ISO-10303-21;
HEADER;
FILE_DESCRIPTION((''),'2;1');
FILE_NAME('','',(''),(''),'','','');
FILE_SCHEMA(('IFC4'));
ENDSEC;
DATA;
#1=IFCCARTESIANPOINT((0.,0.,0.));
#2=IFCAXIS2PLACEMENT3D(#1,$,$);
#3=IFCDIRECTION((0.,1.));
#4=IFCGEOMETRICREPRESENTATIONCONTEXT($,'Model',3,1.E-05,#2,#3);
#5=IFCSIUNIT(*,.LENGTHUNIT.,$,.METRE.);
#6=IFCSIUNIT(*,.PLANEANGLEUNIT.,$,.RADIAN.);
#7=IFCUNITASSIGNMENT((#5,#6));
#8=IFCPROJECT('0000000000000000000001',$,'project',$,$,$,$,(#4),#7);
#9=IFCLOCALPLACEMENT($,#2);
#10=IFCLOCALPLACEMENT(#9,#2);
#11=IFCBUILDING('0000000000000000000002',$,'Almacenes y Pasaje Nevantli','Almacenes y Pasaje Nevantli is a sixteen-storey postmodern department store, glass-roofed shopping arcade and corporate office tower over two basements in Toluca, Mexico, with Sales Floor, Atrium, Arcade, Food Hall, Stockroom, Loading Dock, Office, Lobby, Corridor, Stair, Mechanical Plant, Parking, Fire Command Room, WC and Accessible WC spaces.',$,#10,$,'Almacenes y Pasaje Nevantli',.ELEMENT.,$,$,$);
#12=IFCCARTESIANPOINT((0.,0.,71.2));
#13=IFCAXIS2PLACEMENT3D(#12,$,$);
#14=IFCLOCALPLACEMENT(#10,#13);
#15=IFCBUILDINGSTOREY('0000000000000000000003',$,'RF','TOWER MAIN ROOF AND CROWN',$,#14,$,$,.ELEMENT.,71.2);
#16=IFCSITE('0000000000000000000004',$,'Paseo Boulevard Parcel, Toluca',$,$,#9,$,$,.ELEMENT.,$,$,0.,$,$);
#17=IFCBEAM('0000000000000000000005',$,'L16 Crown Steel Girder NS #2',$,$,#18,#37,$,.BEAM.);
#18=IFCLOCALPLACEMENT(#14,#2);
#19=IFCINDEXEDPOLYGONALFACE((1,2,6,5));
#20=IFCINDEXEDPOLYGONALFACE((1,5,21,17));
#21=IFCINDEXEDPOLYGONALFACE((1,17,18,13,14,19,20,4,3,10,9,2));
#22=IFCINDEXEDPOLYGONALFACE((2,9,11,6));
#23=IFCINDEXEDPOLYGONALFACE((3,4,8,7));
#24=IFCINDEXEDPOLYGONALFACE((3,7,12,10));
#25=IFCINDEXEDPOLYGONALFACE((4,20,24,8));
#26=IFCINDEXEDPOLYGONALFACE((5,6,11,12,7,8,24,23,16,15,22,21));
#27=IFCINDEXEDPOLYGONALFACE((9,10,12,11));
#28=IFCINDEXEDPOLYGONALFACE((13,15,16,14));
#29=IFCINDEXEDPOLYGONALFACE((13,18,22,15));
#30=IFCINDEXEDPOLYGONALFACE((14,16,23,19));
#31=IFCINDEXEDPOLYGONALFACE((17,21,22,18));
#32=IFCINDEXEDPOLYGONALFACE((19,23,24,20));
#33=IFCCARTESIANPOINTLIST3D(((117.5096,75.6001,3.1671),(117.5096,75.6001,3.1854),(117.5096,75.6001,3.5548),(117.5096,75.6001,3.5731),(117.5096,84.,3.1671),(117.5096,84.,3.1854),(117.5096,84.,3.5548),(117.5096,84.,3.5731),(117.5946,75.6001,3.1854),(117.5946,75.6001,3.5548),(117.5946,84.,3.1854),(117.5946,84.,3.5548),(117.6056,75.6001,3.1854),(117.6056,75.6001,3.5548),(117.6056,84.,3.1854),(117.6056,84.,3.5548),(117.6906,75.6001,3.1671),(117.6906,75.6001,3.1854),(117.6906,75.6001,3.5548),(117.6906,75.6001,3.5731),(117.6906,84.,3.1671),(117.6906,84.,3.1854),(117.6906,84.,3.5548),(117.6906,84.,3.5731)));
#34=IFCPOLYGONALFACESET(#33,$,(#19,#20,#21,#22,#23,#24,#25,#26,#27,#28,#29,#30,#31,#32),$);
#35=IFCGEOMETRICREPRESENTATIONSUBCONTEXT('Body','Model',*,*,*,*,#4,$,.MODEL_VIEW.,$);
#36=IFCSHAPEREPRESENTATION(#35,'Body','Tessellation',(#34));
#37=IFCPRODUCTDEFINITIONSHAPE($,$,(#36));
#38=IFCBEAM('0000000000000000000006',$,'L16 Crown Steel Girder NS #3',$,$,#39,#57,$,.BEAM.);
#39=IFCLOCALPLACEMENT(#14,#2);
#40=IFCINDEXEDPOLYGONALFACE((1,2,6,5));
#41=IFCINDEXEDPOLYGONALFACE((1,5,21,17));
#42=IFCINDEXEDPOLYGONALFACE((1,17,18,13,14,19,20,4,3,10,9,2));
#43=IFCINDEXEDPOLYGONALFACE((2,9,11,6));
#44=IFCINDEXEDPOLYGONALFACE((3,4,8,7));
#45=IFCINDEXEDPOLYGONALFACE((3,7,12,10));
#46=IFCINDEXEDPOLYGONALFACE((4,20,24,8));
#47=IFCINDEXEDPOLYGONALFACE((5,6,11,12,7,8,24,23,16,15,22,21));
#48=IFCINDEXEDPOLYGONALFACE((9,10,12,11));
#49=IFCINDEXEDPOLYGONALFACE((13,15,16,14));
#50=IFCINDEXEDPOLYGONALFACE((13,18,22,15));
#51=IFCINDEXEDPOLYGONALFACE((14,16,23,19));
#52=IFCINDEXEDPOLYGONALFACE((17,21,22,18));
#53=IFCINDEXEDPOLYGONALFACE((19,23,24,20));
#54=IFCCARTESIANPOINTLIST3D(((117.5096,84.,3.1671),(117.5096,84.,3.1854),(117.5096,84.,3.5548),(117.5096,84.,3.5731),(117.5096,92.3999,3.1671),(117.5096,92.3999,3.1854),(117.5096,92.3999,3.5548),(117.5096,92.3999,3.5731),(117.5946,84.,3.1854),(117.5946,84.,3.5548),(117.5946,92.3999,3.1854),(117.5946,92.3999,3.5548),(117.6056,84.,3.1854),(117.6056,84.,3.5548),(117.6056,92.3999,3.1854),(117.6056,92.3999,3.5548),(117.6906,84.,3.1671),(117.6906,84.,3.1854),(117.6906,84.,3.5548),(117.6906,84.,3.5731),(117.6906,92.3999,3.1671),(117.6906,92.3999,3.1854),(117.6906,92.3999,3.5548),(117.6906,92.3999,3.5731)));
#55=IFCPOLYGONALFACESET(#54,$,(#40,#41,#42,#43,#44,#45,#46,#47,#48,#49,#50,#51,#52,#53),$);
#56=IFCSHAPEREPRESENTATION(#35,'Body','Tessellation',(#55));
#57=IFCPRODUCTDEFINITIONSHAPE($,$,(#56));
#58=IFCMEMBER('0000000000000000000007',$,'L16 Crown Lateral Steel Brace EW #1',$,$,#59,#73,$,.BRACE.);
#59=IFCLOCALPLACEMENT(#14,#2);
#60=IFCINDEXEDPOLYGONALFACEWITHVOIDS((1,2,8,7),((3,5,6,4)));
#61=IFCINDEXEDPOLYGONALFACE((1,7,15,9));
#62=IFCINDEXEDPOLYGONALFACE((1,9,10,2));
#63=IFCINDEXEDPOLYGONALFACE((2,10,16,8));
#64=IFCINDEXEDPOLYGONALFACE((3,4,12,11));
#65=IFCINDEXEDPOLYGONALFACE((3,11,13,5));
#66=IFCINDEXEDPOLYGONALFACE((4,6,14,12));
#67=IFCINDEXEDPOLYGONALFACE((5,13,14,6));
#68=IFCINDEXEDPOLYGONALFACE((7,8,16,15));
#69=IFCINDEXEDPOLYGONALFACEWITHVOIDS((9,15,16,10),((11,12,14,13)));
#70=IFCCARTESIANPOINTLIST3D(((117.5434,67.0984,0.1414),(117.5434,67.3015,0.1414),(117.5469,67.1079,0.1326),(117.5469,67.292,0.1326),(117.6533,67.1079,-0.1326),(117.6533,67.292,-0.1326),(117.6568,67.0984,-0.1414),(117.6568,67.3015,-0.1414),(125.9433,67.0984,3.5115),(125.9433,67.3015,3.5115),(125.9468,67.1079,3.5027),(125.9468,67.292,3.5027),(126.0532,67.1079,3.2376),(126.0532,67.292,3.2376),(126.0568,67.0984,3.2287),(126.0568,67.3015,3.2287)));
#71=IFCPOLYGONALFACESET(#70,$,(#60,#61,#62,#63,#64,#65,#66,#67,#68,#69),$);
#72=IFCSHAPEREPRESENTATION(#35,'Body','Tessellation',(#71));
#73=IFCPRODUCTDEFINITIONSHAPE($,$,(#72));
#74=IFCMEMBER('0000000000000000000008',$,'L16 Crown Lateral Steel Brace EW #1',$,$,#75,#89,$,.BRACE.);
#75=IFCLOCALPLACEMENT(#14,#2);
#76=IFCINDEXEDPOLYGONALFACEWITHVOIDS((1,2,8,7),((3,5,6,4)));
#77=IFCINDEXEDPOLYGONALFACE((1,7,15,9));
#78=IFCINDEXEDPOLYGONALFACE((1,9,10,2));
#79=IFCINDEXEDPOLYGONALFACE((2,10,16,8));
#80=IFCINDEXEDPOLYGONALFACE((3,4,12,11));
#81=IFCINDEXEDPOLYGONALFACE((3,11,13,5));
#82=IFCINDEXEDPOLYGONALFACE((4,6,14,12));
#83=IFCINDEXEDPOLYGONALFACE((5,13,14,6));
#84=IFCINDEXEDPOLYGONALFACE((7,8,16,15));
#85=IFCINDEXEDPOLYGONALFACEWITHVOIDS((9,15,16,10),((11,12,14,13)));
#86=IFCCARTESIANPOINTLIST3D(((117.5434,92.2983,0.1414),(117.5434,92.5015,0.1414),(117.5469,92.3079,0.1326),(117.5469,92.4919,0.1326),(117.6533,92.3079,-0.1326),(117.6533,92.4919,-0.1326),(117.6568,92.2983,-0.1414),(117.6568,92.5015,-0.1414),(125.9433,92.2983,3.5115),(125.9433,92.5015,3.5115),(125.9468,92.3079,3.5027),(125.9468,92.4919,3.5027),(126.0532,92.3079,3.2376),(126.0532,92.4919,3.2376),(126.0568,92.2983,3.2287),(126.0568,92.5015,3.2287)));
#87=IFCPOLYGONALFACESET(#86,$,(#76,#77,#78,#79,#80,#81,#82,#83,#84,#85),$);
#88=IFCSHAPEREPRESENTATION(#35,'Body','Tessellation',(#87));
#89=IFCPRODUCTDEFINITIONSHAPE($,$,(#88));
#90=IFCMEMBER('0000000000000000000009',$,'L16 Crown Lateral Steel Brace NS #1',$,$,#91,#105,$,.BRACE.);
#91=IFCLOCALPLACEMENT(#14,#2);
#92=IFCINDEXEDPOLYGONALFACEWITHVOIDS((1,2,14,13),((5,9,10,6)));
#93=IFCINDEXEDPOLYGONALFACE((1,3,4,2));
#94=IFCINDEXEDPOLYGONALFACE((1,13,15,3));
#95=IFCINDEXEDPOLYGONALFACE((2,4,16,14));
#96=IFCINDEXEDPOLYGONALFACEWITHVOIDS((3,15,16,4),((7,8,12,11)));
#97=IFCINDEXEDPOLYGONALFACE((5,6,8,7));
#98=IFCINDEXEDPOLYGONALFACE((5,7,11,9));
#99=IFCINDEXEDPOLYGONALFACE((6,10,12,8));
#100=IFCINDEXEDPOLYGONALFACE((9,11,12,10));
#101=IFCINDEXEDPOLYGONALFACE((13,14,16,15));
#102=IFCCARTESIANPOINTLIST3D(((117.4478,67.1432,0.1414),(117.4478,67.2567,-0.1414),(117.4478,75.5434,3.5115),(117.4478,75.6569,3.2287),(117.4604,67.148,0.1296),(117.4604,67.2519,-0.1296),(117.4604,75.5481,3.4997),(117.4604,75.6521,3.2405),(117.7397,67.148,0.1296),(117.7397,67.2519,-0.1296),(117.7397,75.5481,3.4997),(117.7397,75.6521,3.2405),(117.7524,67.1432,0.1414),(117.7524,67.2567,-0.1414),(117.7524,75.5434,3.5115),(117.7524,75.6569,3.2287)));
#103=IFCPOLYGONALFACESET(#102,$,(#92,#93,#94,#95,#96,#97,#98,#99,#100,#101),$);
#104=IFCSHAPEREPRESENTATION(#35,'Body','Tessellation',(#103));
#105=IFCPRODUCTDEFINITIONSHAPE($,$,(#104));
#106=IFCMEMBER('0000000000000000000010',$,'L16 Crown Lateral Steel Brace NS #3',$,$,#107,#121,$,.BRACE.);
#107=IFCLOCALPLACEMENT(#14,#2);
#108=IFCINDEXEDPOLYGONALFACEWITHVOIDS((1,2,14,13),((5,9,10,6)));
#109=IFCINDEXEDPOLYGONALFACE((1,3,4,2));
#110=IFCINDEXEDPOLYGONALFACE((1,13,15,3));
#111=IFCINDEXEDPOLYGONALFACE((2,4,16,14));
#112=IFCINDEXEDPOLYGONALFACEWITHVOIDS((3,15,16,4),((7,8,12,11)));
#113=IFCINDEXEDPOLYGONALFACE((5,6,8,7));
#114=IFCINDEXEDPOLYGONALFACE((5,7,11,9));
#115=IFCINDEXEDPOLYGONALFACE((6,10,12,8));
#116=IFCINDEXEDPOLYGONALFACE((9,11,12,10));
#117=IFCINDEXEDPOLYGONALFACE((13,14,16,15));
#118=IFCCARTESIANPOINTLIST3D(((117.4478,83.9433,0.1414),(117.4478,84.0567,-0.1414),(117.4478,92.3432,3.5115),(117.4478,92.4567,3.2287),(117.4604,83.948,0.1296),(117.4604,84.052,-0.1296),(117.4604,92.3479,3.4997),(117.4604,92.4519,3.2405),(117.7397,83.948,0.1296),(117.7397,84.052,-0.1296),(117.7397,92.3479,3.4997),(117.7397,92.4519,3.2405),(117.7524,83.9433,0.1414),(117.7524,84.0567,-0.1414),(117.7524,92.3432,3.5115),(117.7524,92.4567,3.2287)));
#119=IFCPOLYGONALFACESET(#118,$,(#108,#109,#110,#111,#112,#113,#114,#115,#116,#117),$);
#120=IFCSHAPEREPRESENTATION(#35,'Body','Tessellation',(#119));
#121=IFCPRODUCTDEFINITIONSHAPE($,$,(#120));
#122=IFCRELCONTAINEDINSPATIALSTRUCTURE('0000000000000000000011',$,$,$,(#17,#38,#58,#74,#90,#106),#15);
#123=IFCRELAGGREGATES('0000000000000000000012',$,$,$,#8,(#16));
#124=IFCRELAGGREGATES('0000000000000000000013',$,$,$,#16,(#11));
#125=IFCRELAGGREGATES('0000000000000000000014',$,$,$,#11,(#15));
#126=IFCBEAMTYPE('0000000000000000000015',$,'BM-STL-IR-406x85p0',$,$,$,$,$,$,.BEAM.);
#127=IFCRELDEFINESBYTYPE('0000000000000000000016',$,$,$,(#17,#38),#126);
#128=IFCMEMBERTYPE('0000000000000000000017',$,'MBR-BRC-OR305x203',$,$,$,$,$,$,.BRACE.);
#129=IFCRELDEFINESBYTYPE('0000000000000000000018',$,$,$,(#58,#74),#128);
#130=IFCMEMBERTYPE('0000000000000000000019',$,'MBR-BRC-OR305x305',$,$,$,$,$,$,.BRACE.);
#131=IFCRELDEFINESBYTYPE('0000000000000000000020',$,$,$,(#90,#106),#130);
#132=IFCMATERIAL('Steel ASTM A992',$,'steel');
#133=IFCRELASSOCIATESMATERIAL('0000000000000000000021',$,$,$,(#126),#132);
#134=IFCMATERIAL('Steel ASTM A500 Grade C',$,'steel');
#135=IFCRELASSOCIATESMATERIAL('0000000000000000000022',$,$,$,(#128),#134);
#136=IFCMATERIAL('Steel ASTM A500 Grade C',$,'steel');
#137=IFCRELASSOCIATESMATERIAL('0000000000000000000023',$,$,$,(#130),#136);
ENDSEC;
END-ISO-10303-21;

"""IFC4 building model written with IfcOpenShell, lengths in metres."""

from ifc_helpers import new_model, si_unit, direction, frame, origin, origin_2d, place, context, subcontext, project, spatial, hollow_rectangle, i_section, extrude, material, material_profile, profile_set, type_object, element, save


model = new_model("IFC4")

# Units and contexts
model_context = context("Model", 3, precision=1e-05, world=origin(), true_north=direction((0.0, 1.0)))
body_context = subcontext(model_context, "Body", "Model", "MODEL_VIEW")
ifc_project = project(units=[si_unit("LENGTHUNIT", "METRE"), si_unit("PLANEANGLEUNIT", "RADIAN")], contexts=[model_context])

# Site, building, storey
site_placement = place(None, origin())
site = spatial("IfcSite", under=ifc_project, at=site_placement, Name="Paseo Boulevard Parcel, Toluca", CompositionType="ELEMENT", RefElevation=0.0)
building_placement = place(site_placement, origin())
building = spatial("IfcBuilding", under=site, at=building_placement, Name="Almacenes y Pasaje Nevantli", Description="Almacenes y Pasaje Nevantli is a sixteen-storey postmodern department store, glass-roofed shopping arcade and corporate office tower over two basements in Toluca, Mexico, with Sales Floor, Atrium, Arcade, Food Hall, Stockroom, Loading Dock, Office, Lobby, Corridor, Stair, Mechanical Plant, Parking, Fire Command Room, WC and Accessible WC spaces.", LongName="Almacenes y Pasaje Nevantli", CompositionType="ELEMENT")
storey_placement = place(building_placement, frame((0.0, 0.0, 71.2)))
storey = spatial("IfcBuildingStorey", under=building, at=storey_placement, Name="RF", Description="TOWER MAIN ROOF AND CROWN", CompositionType="ELEMENT", Elevation=71.2)

# Beams
ifc_material_1 = material(Name="Steel ASTM A992", Category="steel")
ifc_material_profile_1 = material_profile(ifc_material_1, i_section(OverallWidth=0.1809, OverallDepth=0.406, WebThickness=0.011, FlangeThickness=0.0183, at=origin_2d()), Name="IR 406x85.0")
ifc_profile_set_1 = profile_set([ifc_material_profile_1], Name="Steel ASTM A992")
beam_type = type_object("IfcBeamType", Name="BM-STL-IR-406x85p0", PredefinedType="BEAM", material=ifc_profile_set_1)
for number, where, z_axis, x_axis, name in (
    (1, (117.6001, 75.6001, 3.3701), (0.0, 1.0, 0.0), (-1.0, 0.0, 0.0), "L16 Crown Steel Girder NS #2"),
    (2, (117.6001, 84.0, 3.3701), (0.0, 1.0, 0.0), (-1.0, 0.0, 0.0), "L16 Crown Steel Girder NS #3"),
):
    element("IfcBeam", number, at=place(storey_placement, frame(where, z_axis=z_axis, x_axis=x_axis)), inside=storey, type_object=beam_type, Name=name, PredefinedType="BEAM", context=body_context, shape_type="SweptSolid", body=[
        extrude(i_section(OverallWidth=0.1809, OverallDepth=0.406, WebThickness=0.011, FlangeThickness=0.0183, at=origin_2d()), origin(), (0.0, 0.0, 1.0), 8.3999),
    ])

# Members
ifc_material_2 = material(Name="Steel ASTM A500 Grade C", Category="steel")
ifc_material_profile_2 = material_profile(ifc_material_2, hollow_rectangle(XDim=0.2031, YDim=0.3047, WallThickness=0.0095, at=origin_2d()), Name="OR 305x203x9.5")
ifc_profile_set_2 = profile_set([ifc_material_profile_2], Name="Steel ASTM A500 Grade C")
member_type_1 = type_object("IfcMemberType", Name="MBR-BRC-OR305x203", PredefinedType="BRACE", material=ifc_profile_set_2)
for number, where, z_axis, x_axis, name in (
    (3, (117.6001, 67.2, 0.0), (0.928089, 0.0, 0.372358), (0.0, 1.0, 0.0), "L16 Crown Lateral Steel Brace EW #1"),
    (4, (117.6001, 92.3999, 0.0), (0.928089, 0.0, 0.372358), (0.0, 1.0, 0.0), "L16 Crown Lateral Steel Brace EW #1"),
):
    element("IfcMember", number, at=place(storey_placement, frame(where, z_axis=z_axis, x_axis=x_axis)), inside=storey, type_object=member_type_1, Name=name, PredefinedType="BRACE", context=body_context, shape_type="SweptSolid", body=[
        extrude(hollow_rectangle(XDim=0.2031, YDim=0.3047, WallThickness=0.0095, at=origin_2d()), origin(), (0.0, 0.0, 1.0), 9.0508),
    ])
ifc_material_3 = material(Name="Steel ASTM A500 Grade C", Category="steel")
ifc_material_profile_3 = material_profile(ifc_material_3, hollow_rectangle(XDim=0.3047, YDim=0.3047, WallThickness=0.0127, at=origin_2d()), Name="OR 305x305x12.7")
ifc_profile_set_3 = profile_set([ifc_material_profile_3], Name="Steel ASTM A500 Grade C")
member_type_2 = type_object("IfcMemberType", Name="MBR-BRC-OR305x305", PredefinedType="BRACE", material=ifc_profile_set_3)
member_1_placement = place(storey_placement, frame((117.6001, 67.2, 0.0), z_axis=(0.0, 0.928093, 0.372349), x_axis=(-1.0, 0.0, 0.0)))
element("IfcMember", 5, at=member_1_placement, inside=storey, type_object=member_type_2, Name="L16 Crown Lateral Steel Brace NS #1", PredefinedType="BRACE", context=body_context, shape_type="SweptSolid", body=[
    extrude(hollow_rectangle(XDim=0.3047, YDim=0.3047, WallThickness=0.0127, at=origin_2d()), origin(), (0.0, 0.0, 1.0), 9.051),
])
member_2_placement = place(storey_placement, frame((117.6001, 84.0, 0.0), z_axis=(0.0, 0.928089, 0.372358), x_axis=(-1.0, 0.0, 0.0)))
element("IfcMember", 6, at=member_2_placement, inside=storey, type_object=member_type_2, Name="L16 Crown Lateral Steel Brace NS #3", PredefinedType="BRACE", context=body_context, shape_type="SweptSolid", body=[
    extrude(hollow_rectangle(XDim=0.3047, YDim=0.3047, WallThickness=0.0127, at=origin_2d()), origin(), (0.0, 0.0, 1.0), 9.0508),
])

save(model, "model.ifc")
